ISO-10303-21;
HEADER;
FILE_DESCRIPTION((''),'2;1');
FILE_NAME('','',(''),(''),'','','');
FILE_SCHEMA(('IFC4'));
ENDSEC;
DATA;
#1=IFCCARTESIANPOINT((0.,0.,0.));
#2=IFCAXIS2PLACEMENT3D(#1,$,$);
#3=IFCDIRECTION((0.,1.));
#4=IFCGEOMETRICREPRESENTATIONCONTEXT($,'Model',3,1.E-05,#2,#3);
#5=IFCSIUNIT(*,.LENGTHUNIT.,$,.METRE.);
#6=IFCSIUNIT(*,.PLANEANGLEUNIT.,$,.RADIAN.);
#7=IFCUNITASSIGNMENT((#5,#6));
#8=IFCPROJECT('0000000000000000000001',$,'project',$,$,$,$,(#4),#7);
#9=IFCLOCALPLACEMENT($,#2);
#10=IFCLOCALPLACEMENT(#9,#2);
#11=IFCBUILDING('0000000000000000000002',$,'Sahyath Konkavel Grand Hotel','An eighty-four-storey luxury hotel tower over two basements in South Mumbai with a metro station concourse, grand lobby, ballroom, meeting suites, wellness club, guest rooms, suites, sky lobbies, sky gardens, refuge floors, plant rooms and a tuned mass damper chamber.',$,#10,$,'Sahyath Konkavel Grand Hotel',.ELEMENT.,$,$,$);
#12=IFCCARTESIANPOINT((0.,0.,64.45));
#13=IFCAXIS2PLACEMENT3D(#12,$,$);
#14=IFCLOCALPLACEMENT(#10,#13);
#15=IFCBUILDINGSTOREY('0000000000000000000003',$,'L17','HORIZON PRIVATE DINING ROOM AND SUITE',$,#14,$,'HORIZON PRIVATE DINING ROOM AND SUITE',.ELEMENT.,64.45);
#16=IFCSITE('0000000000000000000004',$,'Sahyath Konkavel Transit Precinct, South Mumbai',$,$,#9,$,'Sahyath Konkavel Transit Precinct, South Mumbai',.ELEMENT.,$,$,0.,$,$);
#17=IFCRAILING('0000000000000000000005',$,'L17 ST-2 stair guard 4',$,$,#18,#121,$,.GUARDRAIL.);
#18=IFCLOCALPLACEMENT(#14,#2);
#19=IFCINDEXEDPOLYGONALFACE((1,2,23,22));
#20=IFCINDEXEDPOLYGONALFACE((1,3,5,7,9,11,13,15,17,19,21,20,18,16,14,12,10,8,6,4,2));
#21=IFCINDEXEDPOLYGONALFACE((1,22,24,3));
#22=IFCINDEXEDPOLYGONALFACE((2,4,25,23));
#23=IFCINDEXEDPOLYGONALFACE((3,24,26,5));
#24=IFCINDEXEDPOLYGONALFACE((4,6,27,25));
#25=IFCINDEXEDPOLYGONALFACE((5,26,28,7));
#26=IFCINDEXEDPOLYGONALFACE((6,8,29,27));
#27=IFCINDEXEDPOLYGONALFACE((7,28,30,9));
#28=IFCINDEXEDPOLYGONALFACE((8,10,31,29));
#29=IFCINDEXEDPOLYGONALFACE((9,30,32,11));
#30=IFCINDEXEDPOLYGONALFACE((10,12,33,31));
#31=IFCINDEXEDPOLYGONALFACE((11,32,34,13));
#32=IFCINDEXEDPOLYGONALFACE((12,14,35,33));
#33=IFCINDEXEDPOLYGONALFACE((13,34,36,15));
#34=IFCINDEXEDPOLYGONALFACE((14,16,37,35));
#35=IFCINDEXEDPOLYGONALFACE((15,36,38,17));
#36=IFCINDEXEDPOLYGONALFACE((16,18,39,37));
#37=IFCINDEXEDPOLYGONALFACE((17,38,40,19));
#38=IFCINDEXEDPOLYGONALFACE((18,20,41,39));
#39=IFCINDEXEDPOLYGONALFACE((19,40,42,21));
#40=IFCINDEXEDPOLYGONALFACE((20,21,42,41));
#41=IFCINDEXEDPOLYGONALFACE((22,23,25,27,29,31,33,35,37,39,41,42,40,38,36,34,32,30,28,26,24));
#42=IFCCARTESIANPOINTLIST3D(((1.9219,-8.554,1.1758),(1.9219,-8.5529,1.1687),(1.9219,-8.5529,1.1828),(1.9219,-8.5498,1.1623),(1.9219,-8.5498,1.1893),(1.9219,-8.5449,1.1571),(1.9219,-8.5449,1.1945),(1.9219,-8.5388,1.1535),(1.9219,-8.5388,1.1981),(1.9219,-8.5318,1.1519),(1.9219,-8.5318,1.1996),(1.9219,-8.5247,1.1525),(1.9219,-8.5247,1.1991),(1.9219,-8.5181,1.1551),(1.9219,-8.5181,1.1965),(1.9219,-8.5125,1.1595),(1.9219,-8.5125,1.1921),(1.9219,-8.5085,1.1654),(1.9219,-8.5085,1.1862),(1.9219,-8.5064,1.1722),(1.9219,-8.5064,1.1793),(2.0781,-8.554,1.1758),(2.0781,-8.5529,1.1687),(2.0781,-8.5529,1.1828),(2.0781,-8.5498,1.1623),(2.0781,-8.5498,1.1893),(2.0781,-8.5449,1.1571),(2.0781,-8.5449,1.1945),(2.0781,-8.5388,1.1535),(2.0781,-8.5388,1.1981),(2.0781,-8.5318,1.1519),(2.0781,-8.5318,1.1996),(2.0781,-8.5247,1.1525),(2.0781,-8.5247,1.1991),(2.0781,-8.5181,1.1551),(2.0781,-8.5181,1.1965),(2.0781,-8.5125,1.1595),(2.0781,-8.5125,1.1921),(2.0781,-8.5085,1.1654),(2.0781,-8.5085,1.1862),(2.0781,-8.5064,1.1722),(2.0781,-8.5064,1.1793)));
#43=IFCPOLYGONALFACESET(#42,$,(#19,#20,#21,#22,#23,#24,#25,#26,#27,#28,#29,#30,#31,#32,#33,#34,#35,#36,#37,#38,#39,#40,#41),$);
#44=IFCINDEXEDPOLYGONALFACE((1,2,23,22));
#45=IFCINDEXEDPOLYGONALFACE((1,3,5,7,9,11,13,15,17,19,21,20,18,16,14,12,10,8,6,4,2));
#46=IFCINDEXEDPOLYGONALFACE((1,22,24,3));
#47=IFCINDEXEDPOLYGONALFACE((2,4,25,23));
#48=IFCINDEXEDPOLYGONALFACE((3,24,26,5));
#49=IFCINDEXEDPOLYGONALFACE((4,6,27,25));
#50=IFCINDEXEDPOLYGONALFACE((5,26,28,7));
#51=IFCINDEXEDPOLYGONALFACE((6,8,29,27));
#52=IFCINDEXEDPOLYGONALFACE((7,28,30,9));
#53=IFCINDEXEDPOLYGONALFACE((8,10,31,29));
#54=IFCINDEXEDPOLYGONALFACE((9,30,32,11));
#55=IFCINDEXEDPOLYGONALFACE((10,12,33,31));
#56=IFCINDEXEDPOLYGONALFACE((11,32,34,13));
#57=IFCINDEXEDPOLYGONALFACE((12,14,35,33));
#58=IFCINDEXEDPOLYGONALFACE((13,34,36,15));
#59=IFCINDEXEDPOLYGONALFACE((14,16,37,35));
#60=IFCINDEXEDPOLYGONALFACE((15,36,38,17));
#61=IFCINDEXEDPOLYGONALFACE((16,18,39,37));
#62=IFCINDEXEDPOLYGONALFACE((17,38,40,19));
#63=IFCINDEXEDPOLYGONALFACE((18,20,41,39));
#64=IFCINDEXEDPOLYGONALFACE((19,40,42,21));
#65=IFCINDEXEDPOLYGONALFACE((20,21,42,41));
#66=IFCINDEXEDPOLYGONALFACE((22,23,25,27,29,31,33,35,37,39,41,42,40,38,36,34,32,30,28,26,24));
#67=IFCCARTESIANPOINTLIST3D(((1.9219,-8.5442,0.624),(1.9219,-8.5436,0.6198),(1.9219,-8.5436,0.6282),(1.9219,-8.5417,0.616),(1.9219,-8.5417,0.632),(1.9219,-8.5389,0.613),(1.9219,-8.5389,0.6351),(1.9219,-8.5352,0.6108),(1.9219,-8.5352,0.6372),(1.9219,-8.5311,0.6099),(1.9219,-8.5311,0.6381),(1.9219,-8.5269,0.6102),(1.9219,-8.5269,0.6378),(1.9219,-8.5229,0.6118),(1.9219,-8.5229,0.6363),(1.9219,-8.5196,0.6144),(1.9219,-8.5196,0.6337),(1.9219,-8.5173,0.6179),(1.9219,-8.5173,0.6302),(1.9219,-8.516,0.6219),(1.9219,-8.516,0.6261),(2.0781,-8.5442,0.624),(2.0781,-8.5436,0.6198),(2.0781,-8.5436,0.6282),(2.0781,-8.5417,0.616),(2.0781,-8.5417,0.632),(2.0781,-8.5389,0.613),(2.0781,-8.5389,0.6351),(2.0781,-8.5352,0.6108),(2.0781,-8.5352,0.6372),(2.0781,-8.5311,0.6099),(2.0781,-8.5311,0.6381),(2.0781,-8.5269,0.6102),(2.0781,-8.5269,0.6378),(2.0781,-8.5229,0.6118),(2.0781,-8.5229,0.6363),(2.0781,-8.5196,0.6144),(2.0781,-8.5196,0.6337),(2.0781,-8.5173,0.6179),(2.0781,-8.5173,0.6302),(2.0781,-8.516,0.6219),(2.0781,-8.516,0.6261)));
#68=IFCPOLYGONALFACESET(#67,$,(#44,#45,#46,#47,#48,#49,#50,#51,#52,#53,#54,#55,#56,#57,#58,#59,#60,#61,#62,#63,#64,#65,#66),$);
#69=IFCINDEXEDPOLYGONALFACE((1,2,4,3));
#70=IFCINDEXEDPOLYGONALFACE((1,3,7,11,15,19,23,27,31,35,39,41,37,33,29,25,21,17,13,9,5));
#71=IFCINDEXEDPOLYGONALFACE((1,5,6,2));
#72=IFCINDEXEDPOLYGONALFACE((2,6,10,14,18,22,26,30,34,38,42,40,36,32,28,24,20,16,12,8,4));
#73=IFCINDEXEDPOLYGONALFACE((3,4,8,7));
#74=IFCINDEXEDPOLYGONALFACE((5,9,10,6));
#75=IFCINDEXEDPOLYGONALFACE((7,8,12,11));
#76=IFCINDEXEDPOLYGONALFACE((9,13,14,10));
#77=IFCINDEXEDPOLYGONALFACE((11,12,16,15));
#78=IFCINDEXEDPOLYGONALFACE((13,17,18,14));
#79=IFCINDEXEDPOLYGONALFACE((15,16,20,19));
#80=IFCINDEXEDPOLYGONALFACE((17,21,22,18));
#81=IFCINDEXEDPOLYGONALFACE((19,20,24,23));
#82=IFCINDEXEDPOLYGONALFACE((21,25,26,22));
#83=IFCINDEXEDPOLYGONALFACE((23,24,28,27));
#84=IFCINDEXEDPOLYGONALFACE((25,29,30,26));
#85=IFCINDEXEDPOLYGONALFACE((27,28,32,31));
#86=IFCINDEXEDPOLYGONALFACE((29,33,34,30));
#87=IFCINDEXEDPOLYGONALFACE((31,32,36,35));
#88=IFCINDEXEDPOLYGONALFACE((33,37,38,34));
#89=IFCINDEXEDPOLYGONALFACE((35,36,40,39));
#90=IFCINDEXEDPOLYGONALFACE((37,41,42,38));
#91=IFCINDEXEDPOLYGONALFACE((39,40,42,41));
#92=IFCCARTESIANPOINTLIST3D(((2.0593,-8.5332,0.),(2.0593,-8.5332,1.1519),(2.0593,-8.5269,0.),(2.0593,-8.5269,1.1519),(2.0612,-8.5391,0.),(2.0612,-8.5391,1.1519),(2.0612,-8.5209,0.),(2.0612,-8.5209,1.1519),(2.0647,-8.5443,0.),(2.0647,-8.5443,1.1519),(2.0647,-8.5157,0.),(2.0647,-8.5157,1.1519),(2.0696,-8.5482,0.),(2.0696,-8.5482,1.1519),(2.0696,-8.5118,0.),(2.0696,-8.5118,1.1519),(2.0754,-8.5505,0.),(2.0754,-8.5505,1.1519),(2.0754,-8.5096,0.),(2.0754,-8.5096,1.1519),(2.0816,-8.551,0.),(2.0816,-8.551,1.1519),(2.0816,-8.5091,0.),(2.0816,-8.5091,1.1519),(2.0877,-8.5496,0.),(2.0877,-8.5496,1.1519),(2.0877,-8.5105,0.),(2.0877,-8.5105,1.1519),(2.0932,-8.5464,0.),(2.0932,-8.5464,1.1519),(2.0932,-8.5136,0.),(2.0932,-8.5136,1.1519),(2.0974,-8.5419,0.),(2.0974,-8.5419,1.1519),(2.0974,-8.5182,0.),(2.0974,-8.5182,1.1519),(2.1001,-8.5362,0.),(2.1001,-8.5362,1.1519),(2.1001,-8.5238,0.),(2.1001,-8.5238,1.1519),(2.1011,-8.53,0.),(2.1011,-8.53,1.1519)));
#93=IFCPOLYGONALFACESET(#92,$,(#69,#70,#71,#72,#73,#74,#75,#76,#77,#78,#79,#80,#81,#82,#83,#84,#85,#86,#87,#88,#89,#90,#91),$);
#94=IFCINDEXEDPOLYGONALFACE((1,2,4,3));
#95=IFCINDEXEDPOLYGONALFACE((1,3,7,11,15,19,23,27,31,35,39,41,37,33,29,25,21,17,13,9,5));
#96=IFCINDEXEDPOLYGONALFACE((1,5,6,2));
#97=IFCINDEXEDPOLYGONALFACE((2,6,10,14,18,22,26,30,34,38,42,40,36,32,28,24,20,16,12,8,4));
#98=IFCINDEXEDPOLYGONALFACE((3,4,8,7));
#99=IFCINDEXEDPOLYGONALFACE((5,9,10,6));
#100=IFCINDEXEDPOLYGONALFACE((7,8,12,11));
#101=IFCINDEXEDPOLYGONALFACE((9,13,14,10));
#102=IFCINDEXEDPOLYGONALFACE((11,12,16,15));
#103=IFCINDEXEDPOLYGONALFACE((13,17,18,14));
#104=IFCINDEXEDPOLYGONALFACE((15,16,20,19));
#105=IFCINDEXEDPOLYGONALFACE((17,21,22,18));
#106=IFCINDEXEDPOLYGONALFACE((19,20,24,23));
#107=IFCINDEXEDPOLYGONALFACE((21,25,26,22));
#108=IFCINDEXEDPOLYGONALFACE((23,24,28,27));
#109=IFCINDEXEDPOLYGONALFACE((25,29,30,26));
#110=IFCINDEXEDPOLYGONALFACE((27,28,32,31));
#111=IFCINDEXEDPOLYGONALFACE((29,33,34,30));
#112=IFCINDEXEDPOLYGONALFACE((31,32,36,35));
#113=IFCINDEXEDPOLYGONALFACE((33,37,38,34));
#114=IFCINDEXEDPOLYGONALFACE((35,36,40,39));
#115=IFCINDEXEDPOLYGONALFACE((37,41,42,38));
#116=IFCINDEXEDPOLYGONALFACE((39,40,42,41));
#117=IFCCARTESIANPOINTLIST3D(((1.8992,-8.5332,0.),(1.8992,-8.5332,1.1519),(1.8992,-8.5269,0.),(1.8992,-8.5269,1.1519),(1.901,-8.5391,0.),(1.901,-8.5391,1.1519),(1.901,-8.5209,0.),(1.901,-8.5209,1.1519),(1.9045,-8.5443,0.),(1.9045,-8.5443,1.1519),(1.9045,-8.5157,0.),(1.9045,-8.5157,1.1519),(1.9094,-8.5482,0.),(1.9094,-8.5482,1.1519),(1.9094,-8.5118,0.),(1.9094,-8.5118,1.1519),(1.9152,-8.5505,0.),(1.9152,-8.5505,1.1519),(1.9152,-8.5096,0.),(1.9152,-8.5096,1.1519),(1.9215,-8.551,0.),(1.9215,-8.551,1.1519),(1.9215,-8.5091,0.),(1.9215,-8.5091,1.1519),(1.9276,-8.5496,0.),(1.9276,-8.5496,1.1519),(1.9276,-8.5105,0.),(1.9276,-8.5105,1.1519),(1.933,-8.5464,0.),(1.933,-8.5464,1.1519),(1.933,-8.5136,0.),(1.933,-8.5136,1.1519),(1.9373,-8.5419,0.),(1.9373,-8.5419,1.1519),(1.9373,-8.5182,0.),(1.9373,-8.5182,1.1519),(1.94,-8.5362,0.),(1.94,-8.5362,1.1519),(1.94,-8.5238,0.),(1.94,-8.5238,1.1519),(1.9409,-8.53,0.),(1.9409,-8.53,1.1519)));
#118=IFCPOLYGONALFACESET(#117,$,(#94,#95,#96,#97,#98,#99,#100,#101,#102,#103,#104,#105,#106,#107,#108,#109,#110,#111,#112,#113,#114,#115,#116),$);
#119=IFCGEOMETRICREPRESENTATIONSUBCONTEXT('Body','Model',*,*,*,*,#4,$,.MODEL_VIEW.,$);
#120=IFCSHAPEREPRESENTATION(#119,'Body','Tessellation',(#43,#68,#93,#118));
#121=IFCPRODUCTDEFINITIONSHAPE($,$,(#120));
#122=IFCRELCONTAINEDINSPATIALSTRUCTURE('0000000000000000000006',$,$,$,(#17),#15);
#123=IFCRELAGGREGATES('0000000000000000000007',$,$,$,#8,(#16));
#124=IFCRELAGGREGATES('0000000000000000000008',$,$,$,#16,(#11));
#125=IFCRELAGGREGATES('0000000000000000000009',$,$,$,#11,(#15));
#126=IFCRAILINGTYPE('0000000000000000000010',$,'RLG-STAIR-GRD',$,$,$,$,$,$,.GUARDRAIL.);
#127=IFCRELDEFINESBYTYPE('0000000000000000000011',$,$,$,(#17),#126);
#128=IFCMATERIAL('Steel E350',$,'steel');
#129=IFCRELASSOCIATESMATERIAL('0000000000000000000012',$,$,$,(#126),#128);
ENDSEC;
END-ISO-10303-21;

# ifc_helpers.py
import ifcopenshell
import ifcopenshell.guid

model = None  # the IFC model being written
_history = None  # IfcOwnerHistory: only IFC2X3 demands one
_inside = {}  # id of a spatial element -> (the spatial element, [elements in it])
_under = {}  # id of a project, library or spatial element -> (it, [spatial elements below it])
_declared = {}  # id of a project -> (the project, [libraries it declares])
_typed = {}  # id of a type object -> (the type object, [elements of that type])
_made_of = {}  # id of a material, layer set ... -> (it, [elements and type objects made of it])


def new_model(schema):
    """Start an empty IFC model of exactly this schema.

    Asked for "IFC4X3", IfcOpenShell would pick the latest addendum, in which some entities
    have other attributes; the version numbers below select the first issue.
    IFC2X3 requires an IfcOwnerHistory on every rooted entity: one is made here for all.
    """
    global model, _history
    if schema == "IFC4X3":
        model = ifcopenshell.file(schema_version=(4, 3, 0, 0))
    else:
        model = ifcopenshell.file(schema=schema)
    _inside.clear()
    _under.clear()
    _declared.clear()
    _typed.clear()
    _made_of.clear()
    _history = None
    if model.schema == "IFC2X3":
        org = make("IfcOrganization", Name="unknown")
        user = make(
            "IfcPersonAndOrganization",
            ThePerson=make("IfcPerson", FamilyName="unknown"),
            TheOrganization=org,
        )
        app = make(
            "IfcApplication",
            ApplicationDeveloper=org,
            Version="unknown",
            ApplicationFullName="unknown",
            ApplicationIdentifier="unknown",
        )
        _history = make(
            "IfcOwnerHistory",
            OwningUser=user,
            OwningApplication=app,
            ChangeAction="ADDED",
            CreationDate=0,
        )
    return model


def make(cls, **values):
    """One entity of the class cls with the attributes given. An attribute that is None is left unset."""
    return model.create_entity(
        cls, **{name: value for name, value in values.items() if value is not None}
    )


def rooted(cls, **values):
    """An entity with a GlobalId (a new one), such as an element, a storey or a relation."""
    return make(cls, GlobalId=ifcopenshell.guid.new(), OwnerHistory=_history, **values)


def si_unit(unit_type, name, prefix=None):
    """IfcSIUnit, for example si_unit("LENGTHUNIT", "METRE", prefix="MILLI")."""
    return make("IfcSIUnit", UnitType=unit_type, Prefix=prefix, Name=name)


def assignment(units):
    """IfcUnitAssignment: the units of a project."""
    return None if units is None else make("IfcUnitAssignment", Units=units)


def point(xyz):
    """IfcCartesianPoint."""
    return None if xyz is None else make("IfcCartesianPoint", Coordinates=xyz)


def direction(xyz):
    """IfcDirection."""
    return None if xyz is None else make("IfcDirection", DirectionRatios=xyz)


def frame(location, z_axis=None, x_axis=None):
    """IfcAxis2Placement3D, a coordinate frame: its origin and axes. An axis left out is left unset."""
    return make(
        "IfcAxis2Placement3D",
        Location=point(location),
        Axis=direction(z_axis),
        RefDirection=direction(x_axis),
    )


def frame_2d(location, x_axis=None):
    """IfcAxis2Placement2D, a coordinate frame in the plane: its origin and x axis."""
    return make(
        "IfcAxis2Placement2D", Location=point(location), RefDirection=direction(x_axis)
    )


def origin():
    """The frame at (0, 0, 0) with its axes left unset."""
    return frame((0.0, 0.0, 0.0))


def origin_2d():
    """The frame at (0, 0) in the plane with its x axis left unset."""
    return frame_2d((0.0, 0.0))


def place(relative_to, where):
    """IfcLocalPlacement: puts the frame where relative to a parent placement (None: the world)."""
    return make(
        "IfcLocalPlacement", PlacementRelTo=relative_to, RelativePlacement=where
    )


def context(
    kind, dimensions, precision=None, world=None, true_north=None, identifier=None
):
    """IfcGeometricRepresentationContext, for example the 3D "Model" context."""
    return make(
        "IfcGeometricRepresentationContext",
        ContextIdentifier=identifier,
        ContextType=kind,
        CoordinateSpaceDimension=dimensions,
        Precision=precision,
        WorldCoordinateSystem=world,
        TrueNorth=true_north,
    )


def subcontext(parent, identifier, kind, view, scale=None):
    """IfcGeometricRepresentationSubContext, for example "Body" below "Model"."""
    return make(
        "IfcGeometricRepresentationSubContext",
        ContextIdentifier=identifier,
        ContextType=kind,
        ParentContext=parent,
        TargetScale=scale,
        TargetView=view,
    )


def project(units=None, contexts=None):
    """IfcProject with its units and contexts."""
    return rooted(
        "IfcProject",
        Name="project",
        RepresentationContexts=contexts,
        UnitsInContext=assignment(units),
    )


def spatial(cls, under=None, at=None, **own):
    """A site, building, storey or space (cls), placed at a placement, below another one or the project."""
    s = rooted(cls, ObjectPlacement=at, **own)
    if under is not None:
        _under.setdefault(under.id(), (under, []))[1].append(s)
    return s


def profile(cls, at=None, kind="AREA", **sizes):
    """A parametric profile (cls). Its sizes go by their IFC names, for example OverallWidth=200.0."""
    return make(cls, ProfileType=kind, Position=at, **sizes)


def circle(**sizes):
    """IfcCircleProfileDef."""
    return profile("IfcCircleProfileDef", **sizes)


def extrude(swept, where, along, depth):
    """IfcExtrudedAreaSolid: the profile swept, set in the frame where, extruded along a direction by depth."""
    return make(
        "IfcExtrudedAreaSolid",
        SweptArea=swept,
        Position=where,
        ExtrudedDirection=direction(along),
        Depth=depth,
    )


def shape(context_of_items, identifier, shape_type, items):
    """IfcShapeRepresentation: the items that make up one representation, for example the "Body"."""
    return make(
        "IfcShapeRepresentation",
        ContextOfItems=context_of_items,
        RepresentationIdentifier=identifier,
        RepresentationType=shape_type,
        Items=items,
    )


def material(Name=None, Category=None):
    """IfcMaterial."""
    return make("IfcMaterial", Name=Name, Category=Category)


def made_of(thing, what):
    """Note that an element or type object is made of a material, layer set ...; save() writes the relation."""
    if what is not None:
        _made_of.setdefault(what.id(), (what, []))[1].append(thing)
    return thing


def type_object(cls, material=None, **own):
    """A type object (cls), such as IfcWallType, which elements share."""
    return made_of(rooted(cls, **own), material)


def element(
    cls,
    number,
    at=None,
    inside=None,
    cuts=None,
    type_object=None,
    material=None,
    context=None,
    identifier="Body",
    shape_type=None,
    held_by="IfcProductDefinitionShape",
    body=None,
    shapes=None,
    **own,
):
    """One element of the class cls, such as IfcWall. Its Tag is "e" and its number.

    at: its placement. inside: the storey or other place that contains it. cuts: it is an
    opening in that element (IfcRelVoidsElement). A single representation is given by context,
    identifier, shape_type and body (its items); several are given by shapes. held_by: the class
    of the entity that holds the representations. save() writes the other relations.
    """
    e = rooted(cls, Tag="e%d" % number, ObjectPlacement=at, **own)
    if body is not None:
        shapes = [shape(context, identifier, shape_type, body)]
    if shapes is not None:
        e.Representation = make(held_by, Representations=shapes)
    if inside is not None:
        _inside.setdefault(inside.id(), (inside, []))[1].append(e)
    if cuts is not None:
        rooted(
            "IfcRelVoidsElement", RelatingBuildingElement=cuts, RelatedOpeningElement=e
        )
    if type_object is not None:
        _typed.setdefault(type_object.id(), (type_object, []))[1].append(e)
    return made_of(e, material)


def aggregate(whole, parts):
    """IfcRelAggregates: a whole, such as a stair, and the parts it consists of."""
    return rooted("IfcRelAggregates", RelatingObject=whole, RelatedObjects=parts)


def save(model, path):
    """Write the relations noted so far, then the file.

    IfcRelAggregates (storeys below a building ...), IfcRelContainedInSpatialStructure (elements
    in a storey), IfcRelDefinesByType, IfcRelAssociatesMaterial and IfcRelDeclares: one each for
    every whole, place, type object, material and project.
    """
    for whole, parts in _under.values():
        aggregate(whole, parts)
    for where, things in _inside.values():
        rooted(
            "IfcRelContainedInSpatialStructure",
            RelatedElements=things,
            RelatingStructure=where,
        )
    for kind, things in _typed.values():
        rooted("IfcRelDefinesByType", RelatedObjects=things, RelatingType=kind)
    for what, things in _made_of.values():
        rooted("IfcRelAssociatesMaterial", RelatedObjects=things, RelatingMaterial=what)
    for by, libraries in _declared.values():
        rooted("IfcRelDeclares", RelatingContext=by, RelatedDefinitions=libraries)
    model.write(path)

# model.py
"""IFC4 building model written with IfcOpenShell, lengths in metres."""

from ifc_helpers import new_model, si_unit, direction, frame, origin, origin_2d, place, context, subcontext, project, spatial, circle, extrude, material, type_object, element, save


model = new_model("IFC4")

# Units and contexts
model_context = context("Model", 3, precision=1e-05, world=origin(), true_north=direction((0.0, 1.0)))
body_context = subcontext(model_context, "Body", "Model", "MODEL_VIEW")
ifc_project = project(units=[si_unit("LENGTHUNIT", "METRE"), si_unit("PLANEANGLEUNIT", "RADIAN")], contexts=[model_context])

# Site, building, storey
site_placement = place(None, origin())
site = spatial("IfcSite", under=ifc_project, at=site_placement, Name="Sahyath Konkavel Transit Precinct, South Mumbai", LongName="Sahyath Konkavel Transit Precinct, South Mumbai", CompositionType="ELEMENT", RefElevation=0.0)
building_placement = place(site_placement, origin())
building = spatial("IfcBuilding", under=site, at=building_placement, Name="Sahyath Konkavel Grand Hotel", Description="An eighty-four-storey luxury hotel tower over two basements in South Mumbai with a metro station concourse, grand lobby, ballroom, meeting suites, wellness club, guest rooms, suites, sky lobbies, sky gardens, refuge floors, plant rooms and a tuned mass damper chamber.", LongName="Sahyath Konkavel Grand Hotel", CompositionType="ELEMENT")
storey_placement = place(building_placement, frame((0.0, 0.0, 64.45)))
storey = spatial("IfcBuildingStorey", under=building, at=storey_placement, Name="L17", Description="HORIZON PRIVATE DINING ROOM AND SUITE", LongName="HORIZON PRIVATE DINING ROOM AND SUITE", CompositionType="ELEMENT", Elevation=64.45)

# Shared definitions
ifc_material_1 = material(Name="Steel E350", Category="steel")

# Railing
railing_type_1 = type_object("IfcRailingType", Name="RLG-STAIR-GRD", PredefinedType="GUARDRAIL", material=ifc_material_1)
railing_1_placement = place(storey_placement, frame((2.0801, -8.53, 0.0)))
element("IfcRailing", 1, at=railing_1_placement, inside=storey, type_object=railing_type_1, Name="L17 ST-2 stair guard 4", PredefinedType="GUARDRAIL", context=body_context, shape_type="SweptSolid", body=[
    extrude(circle(Radius=0.0239, at=origin_2d()), frame((-0.002, 0.0, 1.1758), z_axis=(-1.0, 0.0, 0.0), x_axis=(0.0, -1.0, 0.0)), (0.0, 0.0, 1.0), 0.1562),
    extrude(circle(Radius=0.0142, at=origin_2d()), frame((-0.002, 0.0, 0.624), z_axis=(-1.0, 0.0, 0.0), x_axis=(0.0, -1.0, 0.0)), (0.0, 0.0, 1.0), 0.1562),
    extrude(circle(Radius=0.021, at=origin_2d()), origin(), (0.0, 0.0, 1.0), 1.1519),
    extrude(circle(Radius=0.021, at=origin_2d()), frame((-0.1602, 0.0, 0.0)), (0.0, 0.0, 1.0), 1.1519),
])

save(model, "model.ifc")
